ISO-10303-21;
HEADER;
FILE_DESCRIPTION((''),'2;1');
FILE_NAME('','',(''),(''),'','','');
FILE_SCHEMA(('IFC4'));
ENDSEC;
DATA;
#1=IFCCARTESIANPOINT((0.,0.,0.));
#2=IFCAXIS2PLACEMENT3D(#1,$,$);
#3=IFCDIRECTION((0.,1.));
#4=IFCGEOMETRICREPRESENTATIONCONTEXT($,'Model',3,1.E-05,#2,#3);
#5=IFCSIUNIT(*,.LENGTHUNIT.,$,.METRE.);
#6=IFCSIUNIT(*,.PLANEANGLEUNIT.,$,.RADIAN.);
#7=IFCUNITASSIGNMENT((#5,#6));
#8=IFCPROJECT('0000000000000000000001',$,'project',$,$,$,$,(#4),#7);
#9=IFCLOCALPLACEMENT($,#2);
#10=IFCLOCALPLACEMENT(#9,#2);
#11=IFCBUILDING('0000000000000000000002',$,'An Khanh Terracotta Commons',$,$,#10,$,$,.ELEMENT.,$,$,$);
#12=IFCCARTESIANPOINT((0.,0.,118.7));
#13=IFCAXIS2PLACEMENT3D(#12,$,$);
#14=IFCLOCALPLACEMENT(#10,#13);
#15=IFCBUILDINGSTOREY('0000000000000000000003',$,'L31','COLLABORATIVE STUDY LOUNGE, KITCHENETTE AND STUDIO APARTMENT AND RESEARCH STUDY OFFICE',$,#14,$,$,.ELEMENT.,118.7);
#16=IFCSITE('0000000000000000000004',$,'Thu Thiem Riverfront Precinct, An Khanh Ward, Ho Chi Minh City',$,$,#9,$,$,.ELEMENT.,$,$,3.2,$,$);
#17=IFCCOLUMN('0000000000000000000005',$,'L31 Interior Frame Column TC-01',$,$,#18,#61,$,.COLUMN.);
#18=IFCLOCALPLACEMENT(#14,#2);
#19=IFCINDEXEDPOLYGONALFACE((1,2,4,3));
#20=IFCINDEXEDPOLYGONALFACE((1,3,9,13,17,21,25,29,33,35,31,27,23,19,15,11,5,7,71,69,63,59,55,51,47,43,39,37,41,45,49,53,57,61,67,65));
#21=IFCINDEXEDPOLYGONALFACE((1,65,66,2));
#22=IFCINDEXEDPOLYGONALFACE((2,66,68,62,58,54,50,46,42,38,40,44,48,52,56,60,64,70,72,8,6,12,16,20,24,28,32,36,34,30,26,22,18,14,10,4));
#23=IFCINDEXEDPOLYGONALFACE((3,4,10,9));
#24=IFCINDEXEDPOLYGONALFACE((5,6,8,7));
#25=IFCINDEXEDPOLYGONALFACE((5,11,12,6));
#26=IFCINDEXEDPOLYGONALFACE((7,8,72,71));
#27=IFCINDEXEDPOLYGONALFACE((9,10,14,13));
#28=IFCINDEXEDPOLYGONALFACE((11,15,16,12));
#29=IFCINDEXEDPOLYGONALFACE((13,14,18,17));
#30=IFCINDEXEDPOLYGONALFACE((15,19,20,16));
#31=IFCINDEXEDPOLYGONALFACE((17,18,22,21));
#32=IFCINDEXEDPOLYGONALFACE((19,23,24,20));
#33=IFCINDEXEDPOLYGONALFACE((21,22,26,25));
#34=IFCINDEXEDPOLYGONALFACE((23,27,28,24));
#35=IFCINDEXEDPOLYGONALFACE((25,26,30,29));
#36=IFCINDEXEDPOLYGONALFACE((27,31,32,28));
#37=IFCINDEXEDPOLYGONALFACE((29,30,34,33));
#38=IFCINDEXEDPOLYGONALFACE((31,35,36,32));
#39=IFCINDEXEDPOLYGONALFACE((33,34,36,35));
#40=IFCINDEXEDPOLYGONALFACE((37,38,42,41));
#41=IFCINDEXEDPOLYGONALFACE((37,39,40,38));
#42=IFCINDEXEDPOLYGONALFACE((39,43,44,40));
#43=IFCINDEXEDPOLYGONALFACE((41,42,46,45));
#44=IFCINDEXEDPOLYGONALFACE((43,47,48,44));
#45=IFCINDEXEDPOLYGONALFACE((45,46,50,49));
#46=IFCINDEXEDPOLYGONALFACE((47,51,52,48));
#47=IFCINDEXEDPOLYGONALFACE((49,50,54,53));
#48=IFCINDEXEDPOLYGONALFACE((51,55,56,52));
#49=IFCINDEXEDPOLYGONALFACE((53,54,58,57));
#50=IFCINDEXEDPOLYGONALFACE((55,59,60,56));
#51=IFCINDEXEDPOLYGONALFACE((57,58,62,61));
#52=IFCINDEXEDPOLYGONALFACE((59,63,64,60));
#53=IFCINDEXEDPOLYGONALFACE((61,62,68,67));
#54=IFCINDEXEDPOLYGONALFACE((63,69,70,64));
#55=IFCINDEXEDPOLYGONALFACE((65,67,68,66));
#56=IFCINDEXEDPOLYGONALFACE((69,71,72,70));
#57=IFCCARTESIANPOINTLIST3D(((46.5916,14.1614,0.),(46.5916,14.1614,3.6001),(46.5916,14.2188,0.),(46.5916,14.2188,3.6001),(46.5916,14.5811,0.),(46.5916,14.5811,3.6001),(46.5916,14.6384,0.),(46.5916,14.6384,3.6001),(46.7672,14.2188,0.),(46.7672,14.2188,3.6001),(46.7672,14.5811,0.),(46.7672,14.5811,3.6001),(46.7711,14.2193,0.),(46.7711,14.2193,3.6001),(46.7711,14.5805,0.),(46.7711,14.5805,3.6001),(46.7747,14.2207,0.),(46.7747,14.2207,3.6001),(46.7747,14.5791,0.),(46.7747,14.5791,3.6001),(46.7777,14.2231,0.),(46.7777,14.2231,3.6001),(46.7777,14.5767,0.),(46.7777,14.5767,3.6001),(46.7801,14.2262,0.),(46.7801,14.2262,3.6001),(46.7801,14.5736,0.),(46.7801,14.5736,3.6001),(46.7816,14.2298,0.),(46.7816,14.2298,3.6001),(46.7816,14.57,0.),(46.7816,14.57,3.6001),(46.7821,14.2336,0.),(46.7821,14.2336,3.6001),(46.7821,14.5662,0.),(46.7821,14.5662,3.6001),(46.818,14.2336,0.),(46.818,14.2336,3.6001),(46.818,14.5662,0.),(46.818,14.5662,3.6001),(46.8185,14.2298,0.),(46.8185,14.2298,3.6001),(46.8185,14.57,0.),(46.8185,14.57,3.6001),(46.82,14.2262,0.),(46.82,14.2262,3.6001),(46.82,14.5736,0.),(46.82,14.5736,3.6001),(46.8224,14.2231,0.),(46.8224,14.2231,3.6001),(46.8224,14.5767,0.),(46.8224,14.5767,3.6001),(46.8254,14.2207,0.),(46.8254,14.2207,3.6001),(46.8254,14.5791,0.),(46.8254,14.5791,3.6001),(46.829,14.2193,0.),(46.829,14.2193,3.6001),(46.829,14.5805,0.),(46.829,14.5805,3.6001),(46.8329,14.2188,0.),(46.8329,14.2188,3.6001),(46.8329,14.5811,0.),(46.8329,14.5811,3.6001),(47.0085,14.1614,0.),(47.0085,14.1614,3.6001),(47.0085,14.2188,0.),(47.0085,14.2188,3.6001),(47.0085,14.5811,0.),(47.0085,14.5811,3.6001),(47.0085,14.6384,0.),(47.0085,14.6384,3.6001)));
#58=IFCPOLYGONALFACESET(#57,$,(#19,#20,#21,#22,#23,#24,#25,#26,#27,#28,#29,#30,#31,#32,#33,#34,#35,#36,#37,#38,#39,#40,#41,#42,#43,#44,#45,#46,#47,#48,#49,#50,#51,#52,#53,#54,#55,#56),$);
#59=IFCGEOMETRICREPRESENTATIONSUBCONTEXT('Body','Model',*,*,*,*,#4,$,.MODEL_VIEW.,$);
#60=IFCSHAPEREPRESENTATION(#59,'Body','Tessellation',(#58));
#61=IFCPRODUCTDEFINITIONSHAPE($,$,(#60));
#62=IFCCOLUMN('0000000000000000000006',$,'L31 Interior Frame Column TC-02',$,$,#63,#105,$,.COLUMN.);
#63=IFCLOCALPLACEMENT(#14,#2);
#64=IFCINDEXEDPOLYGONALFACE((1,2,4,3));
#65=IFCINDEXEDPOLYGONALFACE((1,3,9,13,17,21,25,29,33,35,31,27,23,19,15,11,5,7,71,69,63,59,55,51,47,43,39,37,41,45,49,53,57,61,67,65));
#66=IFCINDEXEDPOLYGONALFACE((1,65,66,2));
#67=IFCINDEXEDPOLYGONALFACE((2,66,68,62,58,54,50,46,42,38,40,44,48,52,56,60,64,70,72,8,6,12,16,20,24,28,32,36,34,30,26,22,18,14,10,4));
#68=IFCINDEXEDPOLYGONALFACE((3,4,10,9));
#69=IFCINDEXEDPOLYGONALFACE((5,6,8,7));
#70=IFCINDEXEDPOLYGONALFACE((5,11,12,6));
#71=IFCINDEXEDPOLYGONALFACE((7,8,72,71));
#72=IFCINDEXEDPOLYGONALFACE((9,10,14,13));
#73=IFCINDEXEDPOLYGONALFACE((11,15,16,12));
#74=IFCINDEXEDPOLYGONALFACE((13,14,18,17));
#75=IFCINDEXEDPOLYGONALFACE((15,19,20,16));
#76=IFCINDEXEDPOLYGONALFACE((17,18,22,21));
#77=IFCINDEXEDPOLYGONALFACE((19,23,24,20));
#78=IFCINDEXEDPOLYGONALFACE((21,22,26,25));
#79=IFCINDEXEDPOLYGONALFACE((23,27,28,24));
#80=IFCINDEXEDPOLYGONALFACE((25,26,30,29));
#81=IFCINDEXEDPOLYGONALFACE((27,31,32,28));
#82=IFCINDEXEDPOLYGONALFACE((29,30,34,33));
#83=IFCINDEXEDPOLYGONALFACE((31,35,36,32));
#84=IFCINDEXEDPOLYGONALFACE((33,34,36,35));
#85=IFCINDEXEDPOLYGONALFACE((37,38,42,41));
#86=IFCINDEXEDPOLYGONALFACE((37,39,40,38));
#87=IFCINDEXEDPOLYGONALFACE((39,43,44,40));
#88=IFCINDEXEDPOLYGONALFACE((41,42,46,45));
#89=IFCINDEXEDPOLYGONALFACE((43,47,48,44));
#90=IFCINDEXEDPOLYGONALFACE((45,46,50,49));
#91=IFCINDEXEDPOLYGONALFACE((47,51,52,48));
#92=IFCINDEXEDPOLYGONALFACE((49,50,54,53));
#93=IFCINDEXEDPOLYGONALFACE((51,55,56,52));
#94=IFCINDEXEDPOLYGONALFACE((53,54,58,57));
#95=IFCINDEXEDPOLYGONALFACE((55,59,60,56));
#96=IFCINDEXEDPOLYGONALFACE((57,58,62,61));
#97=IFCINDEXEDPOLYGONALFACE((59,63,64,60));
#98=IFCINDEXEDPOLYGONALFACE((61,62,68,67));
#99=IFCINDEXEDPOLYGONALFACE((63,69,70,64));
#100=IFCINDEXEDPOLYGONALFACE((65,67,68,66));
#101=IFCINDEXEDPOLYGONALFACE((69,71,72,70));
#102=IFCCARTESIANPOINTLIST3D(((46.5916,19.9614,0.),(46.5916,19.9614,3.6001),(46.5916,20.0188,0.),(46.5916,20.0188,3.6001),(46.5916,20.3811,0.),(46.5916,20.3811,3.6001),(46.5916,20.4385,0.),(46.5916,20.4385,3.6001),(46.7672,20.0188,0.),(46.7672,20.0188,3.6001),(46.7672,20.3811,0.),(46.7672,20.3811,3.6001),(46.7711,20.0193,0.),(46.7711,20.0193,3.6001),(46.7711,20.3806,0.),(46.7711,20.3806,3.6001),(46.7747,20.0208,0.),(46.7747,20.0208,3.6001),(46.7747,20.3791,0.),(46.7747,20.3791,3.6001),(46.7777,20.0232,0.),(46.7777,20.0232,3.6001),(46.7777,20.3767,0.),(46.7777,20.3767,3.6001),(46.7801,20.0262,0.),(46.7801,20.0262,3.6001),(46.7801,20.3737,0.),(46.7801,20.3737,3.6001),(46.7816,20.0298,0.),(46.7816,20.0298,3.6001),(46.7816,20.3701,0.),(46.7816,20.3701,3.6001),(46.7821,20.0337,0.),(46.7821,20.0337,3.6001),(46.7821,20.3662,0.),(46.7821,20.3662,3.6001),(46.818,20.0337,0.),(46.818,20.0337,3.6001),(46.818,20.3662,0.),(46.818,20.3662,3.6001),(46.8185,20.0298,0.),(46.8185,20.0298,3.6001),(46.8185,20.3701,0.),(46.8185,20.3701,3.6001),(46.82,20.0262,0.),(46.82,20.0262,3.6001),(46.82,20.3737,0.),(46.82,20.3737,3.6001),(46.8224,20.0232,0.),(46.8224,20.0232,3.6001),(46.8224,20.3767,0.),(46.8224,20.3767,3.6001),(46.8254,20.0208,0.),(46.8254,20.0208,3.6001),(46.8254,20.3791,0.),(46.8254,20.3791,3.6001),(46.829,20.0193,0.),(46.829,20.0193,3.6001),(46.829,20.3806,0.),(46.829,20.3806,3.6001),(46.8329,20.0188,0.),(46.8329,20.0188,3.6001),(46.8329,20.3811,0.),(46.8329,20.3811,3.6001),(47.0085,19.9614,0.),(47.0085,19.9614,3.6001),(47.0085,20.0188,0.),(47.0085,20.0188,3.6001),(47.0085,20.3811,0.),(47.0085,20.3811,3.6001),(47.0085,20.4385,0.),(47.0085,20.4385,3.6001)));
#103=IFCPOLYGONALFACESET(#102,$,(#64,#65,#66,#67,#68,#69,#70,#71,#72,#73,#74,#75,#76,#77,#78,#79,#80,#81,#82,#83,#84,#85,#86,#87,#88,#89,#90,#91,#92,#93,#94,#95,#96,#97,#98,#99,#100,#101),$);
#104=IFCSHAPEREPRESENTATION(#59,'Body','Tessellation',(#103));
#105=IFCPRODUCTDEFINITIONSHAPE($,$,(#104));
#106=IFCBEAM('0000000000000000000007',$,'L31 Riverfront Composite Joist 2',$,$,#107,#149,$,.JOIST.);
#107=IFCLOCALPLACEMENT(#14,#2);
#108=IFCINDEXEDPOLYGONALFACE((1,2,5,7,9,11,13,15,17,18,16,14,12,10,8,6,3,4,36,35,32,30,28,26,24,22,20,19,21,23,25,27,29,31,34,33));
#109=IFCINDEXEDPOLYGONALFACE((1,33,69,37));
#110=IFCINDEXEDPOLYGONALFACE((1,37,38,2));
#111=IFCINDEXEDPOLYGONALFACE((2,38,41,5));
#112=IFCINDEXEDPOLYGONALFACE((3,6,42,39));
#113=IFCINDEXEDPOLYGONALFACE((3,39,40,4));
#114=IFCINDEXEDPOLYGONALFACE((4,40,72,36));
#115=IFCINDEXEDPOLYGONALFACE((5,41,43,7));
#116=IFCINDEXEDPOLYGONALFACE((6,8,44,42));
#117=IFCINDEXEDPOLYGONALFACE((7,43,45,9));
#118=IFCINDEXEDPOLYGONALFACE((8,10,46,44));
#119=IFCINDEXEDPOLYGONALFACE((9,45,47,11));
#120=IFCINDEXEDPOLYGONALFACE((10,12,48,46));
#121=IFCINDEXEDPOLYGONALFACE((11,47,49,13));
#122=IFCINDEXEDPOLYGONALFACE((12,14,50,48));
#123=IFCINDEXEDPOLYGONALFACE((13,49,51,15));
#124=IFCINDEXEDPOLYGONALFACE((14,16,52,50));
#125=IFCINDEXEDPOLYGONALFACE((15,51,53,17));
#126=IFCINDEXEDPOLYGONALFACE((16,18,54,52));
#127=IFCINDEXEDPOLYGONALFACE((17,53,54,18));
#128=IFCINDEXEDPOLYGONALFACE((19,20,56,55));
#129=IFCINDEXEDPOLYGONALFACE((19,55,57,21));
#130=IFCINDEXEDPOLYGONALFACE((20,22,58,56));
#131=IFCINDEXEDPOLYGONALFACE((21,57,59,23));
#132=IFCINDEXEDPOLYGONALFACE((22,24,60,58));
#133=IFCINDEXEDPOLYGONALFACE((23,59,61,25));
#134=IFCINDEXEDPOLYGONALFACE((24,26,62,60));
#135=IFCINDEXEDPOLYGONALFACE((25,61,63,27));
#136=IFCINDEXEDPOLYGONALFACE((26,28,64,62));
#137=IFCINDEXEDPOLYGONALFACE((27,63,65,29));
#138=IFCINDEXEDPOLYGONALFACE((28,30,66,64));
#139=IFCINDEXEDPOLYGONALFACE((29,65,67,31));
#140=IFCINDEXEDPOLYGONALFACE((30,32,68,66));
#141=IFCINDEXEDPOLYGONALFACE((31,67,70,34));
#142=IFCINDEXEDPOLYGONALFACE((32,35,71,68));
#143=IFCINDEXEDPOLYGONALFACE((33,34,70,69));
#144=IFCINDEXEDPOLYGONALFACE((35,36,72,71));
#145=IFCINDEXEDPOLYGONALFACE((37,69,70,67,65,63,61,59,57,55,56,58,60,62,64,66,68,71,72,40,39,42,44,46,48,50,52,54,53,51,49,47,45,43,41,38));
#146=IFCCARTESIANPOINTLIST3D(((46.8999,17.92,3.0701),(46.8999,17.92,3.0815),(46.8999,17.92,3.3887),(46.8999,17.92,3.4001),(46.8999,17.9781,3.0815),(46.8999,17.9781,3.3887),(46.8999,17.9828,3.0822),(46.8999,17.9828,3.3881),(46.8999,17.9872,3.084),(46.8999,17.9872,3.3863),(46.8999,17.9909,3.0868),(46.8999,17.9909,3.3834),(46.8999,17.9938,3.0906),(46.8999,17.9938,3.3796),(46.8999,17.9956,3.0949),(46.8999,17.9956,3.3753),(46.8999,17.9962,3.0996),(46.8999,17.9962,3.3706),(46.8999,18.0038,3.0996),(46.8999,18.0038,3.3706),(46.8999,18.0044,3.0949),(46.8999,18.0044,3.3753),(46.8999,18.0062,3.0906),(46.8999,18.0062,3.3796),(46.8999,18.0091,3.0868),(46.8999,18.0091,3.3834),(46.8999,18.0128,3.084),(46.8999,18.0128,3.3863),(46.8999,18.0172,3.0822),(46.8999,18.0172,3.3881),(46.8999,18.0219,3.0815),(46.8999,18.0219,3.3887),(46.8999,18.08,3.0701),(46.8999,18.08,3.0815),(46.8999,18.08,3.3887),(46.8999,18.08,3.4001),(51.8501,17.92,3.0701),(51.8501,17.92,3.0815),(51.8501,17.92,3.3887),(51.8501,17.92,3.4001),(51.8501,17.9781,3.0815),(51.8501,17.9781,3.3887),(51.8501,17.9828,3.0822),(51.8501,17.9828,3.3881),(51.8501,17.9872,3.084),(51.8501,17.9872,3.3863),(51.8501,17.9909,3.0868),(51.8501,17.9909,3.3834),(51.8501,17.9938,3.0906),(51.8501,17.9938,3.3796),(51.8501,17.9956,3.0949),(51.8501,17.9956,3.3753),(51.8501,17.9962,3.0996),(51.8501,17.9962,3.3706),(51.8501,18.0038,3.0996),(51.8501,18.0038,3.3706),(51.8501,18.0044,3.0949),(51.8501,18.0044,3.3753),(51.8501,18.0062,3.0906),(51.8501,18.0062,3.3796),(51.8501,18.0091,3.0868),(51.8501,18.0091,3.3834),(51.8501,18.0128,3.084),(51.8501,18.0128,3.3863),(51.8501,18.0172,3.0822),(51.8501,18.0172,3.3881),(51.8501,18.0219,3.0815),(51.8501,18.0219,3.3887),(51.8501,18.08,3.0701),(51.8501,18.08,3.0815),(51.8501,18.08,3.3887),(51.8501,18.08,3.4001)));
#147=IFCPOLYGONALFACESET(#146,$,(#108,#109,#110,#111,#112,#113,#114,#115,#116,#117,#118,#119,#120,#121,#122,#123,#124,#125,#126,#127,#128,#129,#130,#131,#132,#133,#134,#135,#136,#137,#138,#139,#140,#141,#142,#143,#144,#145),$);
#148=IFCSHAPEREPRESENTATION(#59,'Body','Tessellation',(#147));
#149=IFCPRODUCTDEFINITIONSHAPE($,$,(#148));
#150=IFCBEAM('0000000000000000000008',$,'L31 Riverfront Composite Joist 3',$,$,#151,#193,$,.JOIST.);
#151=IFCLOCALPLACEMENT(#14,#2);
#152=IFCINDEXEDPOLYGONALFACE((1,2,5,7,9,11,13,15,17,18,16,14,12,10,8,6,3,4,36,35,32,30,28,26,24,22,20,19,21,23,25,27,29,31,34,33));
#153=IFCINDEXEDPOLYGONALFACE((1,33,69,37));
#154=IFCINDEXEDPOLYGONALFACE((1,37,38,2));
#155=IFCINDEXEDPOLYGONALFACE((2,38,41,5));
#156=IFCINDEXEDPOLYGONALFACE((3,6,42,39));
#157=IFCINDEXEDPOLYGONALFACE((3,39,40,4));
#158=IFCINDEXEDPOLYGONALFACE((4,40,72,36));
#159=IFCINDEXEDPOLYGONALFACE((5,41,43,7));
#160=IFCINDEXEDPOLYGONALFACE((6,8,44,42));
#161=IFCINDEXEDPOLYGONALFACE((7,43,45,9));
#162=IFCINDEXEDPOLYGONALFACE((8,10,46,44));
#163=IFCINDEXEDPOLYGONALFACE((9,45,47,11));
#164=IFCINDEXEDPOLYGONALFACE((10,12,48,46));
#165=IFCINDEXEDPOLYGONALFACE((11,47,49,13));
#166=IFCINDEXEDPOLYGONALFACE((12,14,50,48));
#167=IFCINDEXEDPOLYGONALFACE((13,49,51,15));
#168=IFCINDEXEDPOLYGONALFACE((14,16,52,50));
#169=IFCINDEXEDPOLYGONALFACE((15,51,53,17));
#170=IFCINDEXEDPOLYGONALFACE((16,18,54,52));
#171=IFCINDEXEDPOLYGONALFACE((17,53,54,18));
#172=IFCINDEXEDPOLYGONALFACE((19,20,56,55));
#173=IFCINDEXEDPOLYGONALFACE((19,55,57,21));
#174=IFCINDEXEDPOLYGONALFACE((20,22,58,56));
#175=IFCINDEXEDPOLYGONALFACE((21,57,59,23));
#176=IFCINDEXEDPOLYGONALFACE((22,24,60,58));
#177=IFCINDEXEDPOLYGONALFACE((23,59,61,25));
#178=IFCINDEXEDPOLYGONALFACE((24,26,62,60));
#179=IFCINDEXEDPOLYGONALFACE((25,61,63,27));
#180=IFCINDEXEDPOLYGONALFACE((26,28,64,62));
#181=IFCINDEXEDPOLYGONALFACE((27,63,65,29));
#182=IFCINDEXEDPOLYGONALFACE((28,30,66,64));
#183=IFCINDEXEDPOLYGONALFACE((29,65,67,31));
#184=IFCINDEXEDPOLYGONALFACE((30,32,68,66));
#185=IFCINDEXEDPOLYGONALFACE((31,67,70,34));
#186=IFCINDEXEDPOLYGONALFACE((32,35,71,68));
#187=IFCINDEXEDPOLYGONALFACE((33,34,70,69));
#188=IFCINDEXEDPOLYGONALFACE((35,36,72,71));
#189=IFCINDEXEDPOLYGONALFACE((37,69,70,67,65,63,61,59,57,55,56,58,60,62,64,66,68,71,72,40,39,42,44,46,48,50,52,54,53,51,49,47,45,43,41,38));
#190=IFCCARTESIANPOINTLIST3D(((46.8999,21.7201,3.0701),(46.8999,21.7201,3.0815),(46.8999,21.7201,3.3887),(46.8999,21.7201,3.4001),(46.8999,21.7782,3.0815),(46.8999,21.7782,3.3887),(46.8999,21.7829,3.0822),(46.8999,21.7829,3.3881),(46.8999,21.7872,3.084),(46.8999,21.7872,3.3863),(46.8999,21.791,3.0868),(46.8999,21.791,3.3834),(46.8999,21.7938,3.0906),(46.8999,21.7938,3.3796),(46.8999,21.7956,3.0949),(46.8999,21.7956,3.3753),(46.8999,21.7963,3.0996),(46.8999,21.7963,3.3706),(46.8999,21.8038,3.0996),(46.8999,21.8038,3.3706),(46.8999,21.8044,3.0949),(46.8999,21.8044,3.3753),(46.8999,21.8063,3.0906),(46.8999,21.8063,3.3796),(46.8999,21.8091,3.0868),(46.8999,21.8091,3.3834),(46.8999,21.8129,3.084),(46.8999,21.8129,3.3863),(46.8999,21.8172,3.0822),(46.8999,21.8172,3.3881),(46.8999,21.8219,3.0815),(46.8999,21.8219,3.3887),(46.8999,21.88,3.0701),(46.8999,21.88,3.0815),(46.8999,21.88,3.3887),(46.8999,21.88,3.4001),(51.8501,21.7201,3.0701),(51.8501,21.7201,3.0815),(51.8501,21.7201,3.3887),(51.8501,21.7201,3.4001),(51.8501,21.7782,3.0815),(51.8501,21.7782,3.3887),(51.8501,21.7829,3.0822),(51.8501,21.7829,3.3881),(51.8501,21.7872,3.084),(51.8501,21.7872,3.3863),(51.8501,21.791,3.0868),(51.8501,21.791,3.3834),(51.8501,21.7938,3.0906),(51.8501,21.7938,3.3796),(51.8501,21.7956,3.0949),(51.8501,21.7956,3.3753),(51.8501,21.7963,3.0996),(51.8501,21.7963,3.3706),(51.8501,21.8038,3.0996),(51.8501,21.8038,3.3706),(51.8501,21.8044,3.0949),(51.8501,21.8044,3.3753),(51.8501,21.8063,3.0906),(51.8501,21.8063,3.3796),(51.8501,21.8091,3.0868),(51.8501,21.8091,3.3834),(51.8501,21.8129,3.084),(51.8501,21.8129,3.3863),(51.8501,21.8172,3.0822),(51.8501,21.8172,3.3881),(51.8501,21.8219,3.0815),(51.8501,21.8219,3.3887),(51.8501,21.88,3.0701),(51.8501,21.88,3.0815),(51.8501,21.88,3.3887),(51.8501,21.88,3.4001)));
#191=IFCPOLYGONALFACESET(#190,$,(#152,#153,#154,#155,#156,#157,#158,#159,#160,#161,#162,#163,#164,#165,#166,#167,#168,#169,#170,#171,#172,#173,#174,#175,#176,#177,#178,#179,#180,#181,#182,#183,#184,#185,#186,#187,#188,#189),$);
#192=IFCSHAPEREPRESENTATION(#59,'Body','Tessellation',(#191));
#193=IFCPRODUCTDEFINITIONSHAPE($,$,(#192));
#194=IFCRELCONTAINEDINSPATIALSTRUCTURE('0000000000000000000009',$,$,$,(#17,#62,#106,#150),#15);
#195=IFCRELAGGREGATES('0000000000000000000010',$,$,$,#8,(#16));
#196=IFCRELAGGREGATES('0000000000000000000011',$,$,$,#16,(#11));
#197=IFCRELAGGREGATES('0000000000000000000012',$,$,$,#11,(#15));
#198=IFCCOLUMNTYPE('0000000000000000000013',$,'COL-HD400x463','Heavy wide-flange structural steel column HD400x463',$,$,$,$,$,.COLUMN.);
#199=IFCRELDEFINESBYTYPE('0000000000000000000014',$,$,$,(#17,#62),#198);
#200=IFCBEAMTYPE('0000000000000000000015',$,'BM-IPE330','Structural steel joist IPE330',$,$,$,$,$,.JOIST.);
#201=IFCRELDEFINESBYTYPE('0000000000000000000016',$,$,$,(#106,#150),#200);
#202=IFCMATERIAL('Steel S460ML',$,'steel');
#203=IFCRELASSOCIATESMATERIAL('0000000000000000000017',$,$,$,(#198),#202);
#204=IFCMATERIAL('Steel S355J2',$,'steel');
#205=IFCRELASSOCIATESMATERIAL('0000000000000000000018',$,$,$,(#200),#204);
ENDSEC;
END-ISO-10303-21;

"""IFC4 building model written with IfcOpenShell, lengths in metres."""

from ifc_helpers import new_model, si_unit, direction, frame, origin, origin_2d, place, context, subcontext, project, spatial, i_section, extrude, material, material_profile, profile_set, type_object, element, save


model = new_model("IFC4")

# Units and contexts
model_context = context("Model", 3, precision=1e-05, world=origin(), true_north=direction((0.0, 1.0)))
body_context = subcontext(model_context, "Body", "Model", "MODEL_VIEW")
ifc_project = project(units=[si_unit("LENGTHUNIT", "METRE"), si_unit("PLANEANGLEUNIT", "RADIAN")], contexts=[model_context])

# Site, building, storey
site_placement = place(None, origin())
site = spatial("IfcSite", under=ifc_project, at=site_placement, Name="Thu Thiem Riverfront Precinct, An Khanh Ward, Ho Chi Minh City", CompositionType="ELEMENT", RefElevation=3.2)
building_placement = place(site_placement, origin())
building = spatial("IfcBuilding", under=site, at=building_placement, Name="An Khanh Terracotta Commons", CompositionType="ELEMENT")
storey_placement = place(building_placement, frame((0.0, 0.0, 118.7)))
storey = spatial("IfcBuildingStorey", under=building, at=storey_placement, Name="L31", Description="COLLABORATIVE STUDY LOUNGE, KITCHENETTE AND STUDIO APARTMENT AND RESEARCH STUDY OFFICE", CompositionType="ELEMENT", Elevation=118.7)

# Columns
ifc_material_1 = material(Name="Steel S460ML", Category="steel")
ifc_material_profile_1 = material_profile(ifc_material_1, i_section(OverallWidth=0.417, OverallDepth=0.4771, WebThickness=0.0359, FlangeThickness=0.0574, FilletRadius=0.0149, at=origin_2d()), Name="HD400x463")
ifc_profile_set_1 = profile_set([ifc_material_profile_1], Name="Steel S460ML")
column_type = type_object("IfcColumnType", Name="COL-HD400x463", Description="Heavy wide-flange structural steel column HD400x463", PredefinedType="COLUMN", material=ifc_profile_set_1)
for number, where, z_axis, x_axis, name in (
    (1, (46.8, 14.3999, 0.0), (0.0, 0.0, 1.0), (1.0, 0.0, 0.0), "L31 Interior Frame Column TC-01"),
    (2, (46.8, 20.2, 0.0), (0.0, 0.0, 1.0), (1.0, 0.0, 0.0), "L31 Interior Frame Column TC-02"),
):
    element("IfcColumn", number, at=place(storey_placement, frame(where, z_axis=z_axis, x_axis=x_axis)), inside=storey, type_object=column_type, Name=name, PredefinedType="COLUMN", context=body_context, shape_type="SweptSolid", body=[
        extrude(i_section(OverallWidth=0.417, OverallDepth=0.4771, WebThickness=0.0359, FlangeThickness=0.0574, FilletRadius=0.0149, at=origin_2d()), origin(), (0.0, 0.0, 1.0), 3.6001),
    ])

# Beams
ifc_material_2 = material(Name="Steel S355J2", Category="steel")
ifc_material_profile_2 = material_profile(ifc_material_2, i_section(OverallWidth=0.1599, OverallDepth=0.3301, WebThickness=0.0076, FlangeThickness=0.0115, FilletRadius=0.0181, at=origin_2d()), Name="IPE330")
ifc_profile_set_2 = profile_set([ifc_material_profile_2], Name="Steel S355J2")
beam_type_1 = type_object("IfcBeamType", Name="BM-IPE330", Description="Structural steel joist IPE330", PredefinedType="JOIST", material=ifc_profile_set_2)
for number, where, z_axis, x_axis, name in (
    (3, (46.8999, 18.0, 3.2351), (1.0, 0.0, 0.0), (0.0, 1.0, 0.0), "L31 Riverfront Composite Joist 2"),
    (4, (46.8999, 21.8, 3.2351), (1.0, 0.0, 0.0), (0.0, 1.0, 0.0), "L31 Riverfront Composite Joist 3"),
):
    element("IfcBeam", number, at=place(storey_placement, frame(where, z_axis=z_axis, x_axis=x_axis)), inside=storey, type_object=beam_type_1, Name=name, PredefinedType="JOIST", context=body_context, shape_type="SweptSolid", body=[
        extrude(i_section(OverallWidth=0.1599, OverallDepth=0.3301, WebThickness=0.0076, FlangeThickness=0.0115, FilletRadius=0.0181, at=origin_2d()), origin(), (0.0, 0.0, 1.0), 4.9502),
    ])

save(model, "model.ifc")
